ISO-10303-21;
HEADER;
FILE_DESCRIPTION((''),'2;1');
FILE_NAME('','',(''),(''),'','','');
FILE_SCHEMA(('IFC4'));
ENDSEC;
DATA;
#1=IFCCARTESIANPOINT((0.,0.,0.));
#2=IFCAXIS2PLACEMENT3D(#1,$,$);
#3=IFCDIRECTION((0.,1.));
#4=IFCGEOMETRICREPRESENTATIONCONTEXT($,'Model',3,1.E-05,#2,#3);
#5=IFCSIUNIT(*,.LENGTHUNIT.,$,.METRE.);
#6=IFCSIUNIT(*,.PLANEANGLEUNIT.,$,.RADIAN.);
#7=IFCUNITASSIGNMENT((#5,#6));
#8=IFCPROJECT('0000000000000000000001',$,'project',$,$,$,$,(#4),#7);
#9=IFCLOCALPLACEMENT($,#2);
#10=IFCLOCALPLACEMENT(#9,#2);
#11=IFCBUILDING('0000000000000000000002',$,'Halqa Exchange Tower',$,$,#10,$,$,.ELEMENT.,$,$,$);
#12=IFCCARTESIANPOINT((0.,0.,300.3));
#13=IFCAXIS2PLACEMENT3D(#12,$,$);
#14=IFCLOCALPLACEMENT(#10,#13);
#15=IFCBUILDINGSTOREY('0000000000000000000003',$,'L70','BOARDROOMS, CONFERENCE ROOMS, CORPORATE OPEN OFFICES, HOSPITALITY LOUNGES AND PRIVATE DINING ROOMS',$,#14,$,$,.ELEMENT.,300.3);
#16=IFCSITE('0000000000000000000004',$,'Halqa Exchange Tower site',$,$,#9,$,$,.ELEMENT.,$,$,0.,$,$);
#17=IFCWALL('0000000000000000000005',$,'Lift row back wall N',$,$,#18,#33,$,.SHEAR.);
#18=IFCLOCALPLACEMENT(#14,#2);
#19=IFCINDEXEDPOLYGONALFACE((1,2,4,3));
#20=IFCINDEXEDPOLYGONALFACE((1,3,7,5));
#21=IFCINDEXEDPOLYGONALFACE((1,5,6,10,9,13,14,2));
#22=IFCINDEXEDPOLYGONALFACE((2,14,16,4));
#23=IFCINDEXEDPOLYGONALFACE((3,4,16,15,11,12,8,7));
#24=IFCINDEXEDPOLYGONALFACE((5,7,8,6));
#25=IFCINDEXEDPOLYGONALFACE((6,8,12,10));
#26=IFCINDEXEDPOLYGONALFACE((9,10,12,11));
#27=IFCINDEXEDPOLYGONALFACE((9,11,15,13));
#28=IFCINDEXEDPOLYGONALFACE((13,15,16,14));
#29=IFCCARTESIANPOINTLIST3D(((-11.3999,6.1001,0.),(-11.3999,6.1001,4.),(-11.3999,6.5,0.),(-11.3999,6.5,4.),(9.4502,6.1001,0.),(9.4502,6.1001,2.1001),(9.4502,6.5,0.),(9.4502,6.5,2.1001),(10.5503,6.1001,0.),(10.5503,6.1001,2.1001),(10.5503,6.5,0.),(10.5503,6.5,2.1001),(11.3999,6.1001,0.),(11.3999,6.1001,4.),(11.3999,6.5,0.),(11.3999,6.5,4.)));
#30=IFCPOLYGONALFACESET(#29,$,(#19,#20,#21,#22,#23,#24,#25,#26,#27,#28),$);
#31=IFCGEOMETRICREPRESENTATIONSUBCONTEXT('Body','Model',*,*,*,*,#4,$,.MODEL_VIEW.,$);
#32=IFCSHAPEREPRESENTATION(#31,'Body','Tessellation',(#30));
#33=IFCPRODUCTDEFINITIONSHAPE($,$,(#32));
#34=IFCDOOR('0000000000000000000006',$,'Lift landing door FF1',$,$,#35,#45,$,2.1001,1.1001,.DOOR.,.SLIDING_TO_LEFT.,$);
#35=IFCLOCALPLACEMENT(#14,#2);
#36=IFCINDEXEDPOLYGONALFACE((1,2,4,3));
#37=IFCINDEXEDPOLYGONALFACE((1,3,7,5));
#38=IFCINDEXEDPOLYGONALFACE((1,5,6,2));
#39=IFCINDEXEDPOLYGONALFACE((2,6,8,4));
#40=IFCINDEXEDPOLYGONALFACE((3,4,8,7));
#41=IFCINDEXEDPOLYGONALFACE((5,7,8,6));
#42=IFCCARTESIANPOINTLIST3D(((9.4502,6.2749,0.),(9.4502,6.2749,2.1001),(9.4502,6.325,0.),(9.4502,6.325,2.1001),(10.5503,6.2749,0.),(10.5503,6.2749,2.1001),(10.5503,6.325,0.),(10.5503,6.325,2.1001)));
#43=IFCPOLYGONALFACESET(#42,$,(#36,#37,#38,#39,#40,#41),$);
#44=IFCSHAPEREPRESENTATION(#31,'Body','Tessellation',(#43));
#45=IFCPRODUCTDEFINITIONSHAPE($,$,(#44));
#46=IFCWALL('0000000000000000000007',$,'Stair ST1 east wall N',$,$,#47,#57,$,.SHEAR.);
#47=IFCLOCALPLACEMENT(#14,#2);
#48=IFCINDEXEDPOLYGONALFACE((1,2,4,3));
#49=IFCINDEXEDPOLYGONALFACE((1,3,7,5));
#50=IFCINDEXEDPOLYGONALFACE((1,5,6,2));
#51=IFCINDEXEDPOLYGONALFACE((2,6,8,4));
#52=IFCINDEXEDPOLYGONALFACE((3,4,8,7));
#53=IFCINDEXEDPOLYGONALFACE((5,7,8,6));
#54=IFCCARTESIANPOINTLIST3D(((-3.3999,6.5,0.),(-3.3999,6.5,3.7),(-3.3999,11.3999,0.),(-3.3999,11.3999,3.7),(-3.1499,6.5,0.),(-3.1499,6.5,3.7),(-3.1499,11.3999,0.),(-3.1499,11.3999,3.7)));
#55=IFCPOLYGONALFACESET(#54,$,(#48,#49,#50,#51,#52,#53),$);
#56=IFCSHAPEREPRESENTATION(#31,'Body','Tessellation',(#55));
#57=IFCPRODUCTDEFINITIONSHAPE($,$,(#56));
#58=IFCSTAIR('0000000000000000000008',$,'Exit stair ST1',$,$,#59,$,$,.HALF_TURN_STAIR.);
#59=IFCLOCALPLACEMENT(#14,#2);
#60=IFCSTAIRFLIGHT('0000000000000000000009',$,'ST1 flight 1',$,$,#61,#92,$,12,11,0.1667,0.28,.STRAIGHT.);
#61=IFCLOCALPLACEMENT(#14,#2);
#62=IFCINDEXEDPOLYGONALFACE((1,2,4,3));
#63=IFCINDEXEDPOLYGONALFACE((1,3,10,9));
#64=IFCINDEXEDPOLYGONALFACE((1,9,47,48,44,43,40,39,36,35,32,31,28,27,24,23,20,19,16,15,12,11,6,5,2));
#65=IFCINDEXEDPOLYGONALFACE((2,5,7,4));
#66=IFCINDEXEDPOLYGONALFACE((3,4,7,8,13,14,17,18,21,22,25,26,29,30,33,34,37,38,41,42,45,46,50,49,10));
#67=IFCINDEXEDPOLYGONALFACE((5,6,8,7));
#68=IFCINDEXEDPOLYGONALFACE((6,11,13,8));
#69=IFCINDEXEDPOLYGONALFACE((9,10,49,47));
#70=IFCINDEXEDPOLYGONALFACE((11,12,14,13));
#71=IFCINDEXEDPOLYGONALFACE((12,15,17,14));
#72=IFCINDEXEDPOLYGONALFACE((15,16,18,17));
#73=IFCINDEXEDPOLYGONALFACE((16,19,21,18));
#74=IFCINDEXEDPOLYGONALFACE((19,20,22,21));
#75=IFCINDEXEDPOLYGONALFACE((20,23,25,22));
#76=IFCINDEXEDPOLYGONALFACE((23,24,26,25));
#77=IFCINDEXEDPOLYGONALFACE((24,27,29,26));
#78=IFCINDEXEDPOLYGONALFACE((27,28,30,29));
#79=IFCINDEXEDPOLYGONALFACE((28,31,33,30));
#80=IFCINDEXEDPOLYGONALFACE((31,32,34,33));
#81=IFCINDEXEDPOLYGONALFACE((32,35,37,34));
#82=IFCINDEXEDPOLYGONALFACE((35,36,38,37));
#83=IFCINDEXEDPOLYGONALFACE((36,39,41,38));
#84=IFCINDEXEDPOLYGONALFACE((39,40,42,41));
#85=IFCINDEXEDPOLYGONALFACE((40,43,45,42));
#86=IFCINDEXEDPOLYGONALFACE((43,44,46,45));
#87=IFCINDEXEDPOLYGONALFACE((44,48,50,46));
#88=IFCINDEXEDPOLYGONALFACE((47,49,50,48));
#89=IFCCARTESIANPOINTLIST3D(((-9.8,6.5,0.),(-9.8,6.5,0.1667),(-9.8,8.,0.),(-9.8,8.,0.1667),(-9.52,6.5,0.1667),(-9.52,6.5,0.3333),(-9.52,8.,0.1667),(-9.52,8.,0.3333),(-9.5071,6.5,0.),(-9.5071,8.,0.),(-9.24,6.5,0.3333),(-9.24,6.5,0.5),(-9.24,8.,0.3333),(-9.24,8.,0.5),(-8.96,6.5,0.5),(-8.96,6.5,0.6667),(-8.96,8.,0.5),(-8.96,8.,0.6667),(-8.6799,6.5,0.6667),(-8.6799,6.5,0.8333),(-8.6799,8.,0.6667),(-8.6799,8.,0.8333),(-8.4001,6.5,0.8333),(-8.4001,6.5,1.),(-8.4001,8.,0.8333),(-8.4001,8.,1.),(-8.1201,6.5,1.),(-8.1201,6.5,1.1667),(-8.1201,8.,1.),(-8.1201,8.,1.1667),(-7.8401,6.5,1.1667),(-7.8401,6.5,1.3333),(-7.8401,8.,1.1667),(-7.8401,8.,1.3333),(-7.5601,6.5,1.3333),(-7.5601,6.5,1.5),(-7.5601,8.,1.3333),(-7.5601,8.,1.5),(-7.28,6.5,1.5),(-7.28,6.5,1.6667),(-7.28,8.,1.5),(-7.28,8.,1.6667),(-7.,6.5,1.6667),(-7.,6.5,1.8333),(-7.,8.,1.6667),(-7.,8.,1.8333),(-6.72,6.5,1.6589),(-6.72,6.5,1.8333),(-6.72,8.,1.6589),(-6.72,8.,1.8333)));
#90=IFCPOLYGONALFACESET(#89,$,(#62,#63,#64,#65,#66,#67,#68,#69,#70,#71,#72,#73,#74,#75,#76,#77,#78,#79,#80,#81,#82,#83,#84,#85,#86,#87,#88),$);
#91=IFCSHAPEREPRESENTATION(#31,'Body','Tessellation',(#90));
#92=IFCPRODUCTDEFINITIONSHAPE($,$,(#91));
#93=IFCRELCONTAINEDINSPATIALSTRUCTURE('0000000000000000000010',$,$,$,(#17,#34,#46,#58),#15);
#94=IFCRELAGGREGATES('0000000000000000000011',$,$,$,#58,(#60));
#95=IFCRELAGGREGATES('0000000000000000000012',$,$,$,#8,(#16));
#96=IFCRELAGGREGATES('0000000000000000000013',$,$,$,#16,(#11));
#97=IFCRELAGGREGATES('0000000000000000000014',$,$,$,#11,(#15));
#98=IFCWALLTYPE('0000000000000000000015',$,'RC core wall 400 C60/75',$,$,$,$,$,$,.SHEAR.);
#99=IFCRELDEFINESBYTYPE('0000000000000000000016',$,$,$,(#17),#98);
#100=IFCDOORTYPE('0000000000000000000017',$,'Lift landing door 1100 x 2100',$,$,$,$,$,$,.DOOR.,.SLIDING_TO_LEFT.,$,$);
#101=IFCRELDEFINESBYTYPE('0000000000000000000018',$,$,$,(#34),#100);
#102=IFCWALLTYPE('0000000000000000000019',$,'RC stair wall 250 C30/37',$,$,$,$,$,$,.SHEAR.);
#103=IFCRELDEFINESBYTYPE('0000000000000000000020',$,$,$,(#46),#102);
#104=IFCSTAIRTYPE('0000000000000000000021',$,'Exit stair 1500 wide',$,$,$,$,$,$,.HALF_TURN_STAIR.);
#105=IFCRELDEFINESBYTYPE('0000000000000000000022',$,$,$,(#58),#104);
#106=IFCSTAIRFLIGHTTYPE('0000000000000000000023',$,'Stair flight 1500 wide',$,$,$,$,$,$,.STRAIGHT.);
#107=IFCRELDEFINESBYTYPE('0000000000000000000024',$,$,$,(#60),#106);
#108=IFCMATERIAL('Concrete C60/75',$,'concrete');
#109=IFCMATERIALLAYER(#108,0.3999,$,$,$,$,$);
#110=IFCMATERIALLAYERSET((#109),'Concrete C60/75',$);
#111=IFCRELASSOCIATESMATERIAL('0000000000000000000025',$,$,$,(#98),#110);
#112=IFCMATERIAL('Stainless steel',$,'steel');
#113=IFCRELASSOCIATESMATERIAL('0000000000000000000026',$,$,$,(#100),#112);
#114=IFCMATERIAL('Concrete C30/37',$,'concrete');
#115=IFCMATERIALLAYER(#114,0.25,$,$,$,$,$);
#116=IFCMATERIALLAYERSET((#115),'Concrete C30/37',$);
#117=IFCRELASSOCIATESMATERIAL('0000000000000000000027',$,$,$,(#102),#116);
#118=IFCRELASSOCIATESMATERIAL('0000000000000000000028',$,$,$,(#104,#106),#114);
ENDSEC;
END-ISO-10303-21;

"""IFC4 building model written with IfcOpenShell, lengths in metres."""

from ifc_helpers import new_model, si_unit, direction, frame, frame_2d, origin, place, context, subcontext, project, spatial, polyline, rectangle, outline, extrude, material, layer, layer_set, type_object, element, fill, aggregate, save


model = new_model("IFC4")

# Units and contexts
model_context = context("Model", 3, precision=1e-05, world=origin(), true_north=direction((0.0, 1.0)))
body_context = subcontext(model_context, "Body", "Model", "MODEL_VIEW")
ifc_project = project(units=[si_unit("LENGTHUNIT", "METRE"), si_unit("PLANEANGLEUNIT", "RADIAN")], contexts=[model_context])

# Site, building, storey
site_placement = place(None, origin())
site = spatial("IfcSite", under=ifc_project, at=site_placement, Name="Halqa Exchange Tower site", CompositionType="ELEMENT", RefElevation=0.0)
building_placement = place(site_placement, origin())
building = spatial("IfcBuilding", under=site, at=building_placement, Name="Halqa Exchange Tower", CompositionType="ELEMENT")
storey_placement = place(building_placement, frame((0.0, 0.0, 300.3)))
storey = spatial("IfcBuildingStorey", under=building, at=storey_placement, Name="L70", Description="BOARDROOMS, CONFERENCE ROOMS, CORPORATE OPEN OFFICES, HOSPITALITY LOUNGES AND PRIVATE DINING ROOMS", CompositionType="ELEMENT", Elevation=300.3)

# Shared definitions
ifc_material_1 = material(Name="Concrete C60/75", Category="concrete")

# Shared definitions
ifc_layer_1 = layer(ifc_material_1, 0.3999)
ifc_layer_set_1 = layer_set([ifc_layer_1], Name="Concrete C60/75")
wall_type_1 = type_object("IfcWallType", Name="RC core wall 400 C60/75", PredefinedType="SHEAR", material=ifc_layer_set_1)
ifc_material_2 = material(Name="Stainless steel", Category="steel")
door_type_1 = type_object("IfcDoorType", Name="Lift landing door 1100 x 2100", OperationType="SLIDING_TO_LEFT", PredefinedType="DOOR", material=ifc_material_2)

# Wall, opening, door
wall_1_placement = place(storey_placement, frame((-11.3999, 6.3, 0.0), z_axis=(0.0, 0.0, 1.0), x_axis=(1.0, 0.0, 0.0)))
wall_1 = element("IfcWall", 1, at=wall_1_placement, inside=storey, type_object=wall_type_1, Name="Lift row back wall N", PredefinedType="SHEAR", context=body_context, shape_type="SweptSolid", body=[
    extrude(rectangle(XDim=22.7998, YDim=0.3999, at=frame_2d((11.3999, 0.0))), origin(), (0.0, 0.0, 1.0), 4.0),
])
opening_1_placement = place(wall_1_placement, frame((20.8501, 0.0, 0.0)))
opening_1 = element("IfcOpeningElement", 2, at=opening_1_placement, cuts=wall_1, PredefinedType="OPENING", context=body_context, shape_type="SweptSolid", body=[
    extrude(rectangle(XDim=1.1001, YDim=2.1001, at=frame_2d((0.55, 1.05))), frame((0.0, 0.2119, 0.0), z_axis=(0.0, -1.0, 0.0), x_axis=(1.0, 0.0, 0.0)), (0.0, 0.0, 1.0), 0.4238),
])
door_1_placement = place(opening_1_placement, origin())
door_1 = element("IfcDoor", 3, at=door_1_placement, inside=storey, type_object=door_type_1, Name="Lift landing door FF1", OperationType="SLIDING_TO_LEFT", OverallHeight=2.1001, OverallWidth=1.1001, PredefinedType="DOOR", context=body_context, shape_type="SweptSolid", body=[
    extrude(rectangle(XDim=1.1001, YDim=2.1001, at=frame_2d((0.55, 1.05))), frame((0.0, 0.0249, 0.0), z_axis=(0.0, -1.0, 0.0), x_axis=(1.0, 0.0, 0.0)), (0.0, 0.0, 1.0), 0.05),
])
fill(opening_1, door_1)

# Wall
ifc_material_3 = material(Name="Concrete C30/37", Category="concrete")
ifc_layer_2 = layer(ifc_material_3, 0.25)
ifc_layer_set_2 = layer_set([ifc_layer_2], Name="Concrete C30/37")
wall_type_2 = type_object("IfcWallType", Name="RC stair wall 250 C30/37", PredefinedType="SHEAR", material=ifc_layer_set_2)
wall_2_placement = place(storey_placement, frame((-3.2749, 6.5, 0.0), z_axis=(0.0, 0.0, 1.0), x_axis=(0.0, 1.0, 0.0)))
element("IfcWall", 4, at=wall_2_placement, inside=storey, type_object=wall_type_2, Name="Stair ST1 east wall N", PredefinedType="SHEAR", context=body_context, shape_type="SweptSolid", body=[
    extrude(rectangle(XDim=4.8999, YDim=0.25, at=frame_2d((2.45, 0.0))), origin(), (0.0, 0.0, 1.0), 3.7),
])

# Stair, stair flight
stair_type = type_object("IfcStairType", Name="Exit stair 1500 wide", PredefinedType="HALF_TURN_STAIR", material=ifc_material_3)
stair_placement = place(storey_placement, origin())
stair = element("IfcStair", 5, at=stair_placement, inside=storey, type_object=stair_type, Name="Exit stair ST1", PredefinedType="HALF_TURN_STAIR")
stair_flight_type = type_object("IfcStairFlightType", Name="Stair flight 1500 wide", PredefinedType="STRAIGHT", material=ifc_material_3)
stair_flight_placement = place(storey_placement, frame((-9.8, 7.25, 0.0), z_axis=(0.0, 0.0, 1.0), x_axis=(1.0, 0.0, 0.0)))
stair_flight = element("IfcStairFlight", 6, at=stair_flight_placement, type_object=stair_flight_type, Name="ST1 flight 1", NumberOfRisers=12, NumberOfTreads=11, PredefinedType="STRAIGHT", RiserHeight=0.1667, TreadLength=0.28, context=body_context, shape_type="SweptSolid", body=[
    extrude(outline(polyline([(0.0, 0.0), (0.0, 0.1667), (0.28, 0.1667), (0.28, 0.3333), (0.5601, 0.3333), (0.5601, 0.5), (0.8401, 0.5), (0.8401, 0.6667), (1.1201, 0.6667), (1.1201, 0.8333), (1.3999, 0.8333), (1.3999, 1.0), (1.6799, 1.0), (1.6799, 1.1667), (1.96, 1.1667), (1.96, 1.3333), (2.24, 1.3333), (2.24, 1.5), (2.52, 1.5), (2.52, 1.6667), (2.8, 1.6667), (2.8, 1.8333), (3.0801, 1.8333), (3.0801, 2.0), (3.0801, 1.6589), (0.293, 0.0), (0.0, 0.0)])), frame((0.0, 0.75, 0.0), z_axis=(0.0, -1.0, 0.0), x_axis=(1.0, 0.0, 0.0)), (0.0, 0.0, 1.0), 1.5),
])
aggregate(stair, [stair_flight])

save(model, "model.ifc")
